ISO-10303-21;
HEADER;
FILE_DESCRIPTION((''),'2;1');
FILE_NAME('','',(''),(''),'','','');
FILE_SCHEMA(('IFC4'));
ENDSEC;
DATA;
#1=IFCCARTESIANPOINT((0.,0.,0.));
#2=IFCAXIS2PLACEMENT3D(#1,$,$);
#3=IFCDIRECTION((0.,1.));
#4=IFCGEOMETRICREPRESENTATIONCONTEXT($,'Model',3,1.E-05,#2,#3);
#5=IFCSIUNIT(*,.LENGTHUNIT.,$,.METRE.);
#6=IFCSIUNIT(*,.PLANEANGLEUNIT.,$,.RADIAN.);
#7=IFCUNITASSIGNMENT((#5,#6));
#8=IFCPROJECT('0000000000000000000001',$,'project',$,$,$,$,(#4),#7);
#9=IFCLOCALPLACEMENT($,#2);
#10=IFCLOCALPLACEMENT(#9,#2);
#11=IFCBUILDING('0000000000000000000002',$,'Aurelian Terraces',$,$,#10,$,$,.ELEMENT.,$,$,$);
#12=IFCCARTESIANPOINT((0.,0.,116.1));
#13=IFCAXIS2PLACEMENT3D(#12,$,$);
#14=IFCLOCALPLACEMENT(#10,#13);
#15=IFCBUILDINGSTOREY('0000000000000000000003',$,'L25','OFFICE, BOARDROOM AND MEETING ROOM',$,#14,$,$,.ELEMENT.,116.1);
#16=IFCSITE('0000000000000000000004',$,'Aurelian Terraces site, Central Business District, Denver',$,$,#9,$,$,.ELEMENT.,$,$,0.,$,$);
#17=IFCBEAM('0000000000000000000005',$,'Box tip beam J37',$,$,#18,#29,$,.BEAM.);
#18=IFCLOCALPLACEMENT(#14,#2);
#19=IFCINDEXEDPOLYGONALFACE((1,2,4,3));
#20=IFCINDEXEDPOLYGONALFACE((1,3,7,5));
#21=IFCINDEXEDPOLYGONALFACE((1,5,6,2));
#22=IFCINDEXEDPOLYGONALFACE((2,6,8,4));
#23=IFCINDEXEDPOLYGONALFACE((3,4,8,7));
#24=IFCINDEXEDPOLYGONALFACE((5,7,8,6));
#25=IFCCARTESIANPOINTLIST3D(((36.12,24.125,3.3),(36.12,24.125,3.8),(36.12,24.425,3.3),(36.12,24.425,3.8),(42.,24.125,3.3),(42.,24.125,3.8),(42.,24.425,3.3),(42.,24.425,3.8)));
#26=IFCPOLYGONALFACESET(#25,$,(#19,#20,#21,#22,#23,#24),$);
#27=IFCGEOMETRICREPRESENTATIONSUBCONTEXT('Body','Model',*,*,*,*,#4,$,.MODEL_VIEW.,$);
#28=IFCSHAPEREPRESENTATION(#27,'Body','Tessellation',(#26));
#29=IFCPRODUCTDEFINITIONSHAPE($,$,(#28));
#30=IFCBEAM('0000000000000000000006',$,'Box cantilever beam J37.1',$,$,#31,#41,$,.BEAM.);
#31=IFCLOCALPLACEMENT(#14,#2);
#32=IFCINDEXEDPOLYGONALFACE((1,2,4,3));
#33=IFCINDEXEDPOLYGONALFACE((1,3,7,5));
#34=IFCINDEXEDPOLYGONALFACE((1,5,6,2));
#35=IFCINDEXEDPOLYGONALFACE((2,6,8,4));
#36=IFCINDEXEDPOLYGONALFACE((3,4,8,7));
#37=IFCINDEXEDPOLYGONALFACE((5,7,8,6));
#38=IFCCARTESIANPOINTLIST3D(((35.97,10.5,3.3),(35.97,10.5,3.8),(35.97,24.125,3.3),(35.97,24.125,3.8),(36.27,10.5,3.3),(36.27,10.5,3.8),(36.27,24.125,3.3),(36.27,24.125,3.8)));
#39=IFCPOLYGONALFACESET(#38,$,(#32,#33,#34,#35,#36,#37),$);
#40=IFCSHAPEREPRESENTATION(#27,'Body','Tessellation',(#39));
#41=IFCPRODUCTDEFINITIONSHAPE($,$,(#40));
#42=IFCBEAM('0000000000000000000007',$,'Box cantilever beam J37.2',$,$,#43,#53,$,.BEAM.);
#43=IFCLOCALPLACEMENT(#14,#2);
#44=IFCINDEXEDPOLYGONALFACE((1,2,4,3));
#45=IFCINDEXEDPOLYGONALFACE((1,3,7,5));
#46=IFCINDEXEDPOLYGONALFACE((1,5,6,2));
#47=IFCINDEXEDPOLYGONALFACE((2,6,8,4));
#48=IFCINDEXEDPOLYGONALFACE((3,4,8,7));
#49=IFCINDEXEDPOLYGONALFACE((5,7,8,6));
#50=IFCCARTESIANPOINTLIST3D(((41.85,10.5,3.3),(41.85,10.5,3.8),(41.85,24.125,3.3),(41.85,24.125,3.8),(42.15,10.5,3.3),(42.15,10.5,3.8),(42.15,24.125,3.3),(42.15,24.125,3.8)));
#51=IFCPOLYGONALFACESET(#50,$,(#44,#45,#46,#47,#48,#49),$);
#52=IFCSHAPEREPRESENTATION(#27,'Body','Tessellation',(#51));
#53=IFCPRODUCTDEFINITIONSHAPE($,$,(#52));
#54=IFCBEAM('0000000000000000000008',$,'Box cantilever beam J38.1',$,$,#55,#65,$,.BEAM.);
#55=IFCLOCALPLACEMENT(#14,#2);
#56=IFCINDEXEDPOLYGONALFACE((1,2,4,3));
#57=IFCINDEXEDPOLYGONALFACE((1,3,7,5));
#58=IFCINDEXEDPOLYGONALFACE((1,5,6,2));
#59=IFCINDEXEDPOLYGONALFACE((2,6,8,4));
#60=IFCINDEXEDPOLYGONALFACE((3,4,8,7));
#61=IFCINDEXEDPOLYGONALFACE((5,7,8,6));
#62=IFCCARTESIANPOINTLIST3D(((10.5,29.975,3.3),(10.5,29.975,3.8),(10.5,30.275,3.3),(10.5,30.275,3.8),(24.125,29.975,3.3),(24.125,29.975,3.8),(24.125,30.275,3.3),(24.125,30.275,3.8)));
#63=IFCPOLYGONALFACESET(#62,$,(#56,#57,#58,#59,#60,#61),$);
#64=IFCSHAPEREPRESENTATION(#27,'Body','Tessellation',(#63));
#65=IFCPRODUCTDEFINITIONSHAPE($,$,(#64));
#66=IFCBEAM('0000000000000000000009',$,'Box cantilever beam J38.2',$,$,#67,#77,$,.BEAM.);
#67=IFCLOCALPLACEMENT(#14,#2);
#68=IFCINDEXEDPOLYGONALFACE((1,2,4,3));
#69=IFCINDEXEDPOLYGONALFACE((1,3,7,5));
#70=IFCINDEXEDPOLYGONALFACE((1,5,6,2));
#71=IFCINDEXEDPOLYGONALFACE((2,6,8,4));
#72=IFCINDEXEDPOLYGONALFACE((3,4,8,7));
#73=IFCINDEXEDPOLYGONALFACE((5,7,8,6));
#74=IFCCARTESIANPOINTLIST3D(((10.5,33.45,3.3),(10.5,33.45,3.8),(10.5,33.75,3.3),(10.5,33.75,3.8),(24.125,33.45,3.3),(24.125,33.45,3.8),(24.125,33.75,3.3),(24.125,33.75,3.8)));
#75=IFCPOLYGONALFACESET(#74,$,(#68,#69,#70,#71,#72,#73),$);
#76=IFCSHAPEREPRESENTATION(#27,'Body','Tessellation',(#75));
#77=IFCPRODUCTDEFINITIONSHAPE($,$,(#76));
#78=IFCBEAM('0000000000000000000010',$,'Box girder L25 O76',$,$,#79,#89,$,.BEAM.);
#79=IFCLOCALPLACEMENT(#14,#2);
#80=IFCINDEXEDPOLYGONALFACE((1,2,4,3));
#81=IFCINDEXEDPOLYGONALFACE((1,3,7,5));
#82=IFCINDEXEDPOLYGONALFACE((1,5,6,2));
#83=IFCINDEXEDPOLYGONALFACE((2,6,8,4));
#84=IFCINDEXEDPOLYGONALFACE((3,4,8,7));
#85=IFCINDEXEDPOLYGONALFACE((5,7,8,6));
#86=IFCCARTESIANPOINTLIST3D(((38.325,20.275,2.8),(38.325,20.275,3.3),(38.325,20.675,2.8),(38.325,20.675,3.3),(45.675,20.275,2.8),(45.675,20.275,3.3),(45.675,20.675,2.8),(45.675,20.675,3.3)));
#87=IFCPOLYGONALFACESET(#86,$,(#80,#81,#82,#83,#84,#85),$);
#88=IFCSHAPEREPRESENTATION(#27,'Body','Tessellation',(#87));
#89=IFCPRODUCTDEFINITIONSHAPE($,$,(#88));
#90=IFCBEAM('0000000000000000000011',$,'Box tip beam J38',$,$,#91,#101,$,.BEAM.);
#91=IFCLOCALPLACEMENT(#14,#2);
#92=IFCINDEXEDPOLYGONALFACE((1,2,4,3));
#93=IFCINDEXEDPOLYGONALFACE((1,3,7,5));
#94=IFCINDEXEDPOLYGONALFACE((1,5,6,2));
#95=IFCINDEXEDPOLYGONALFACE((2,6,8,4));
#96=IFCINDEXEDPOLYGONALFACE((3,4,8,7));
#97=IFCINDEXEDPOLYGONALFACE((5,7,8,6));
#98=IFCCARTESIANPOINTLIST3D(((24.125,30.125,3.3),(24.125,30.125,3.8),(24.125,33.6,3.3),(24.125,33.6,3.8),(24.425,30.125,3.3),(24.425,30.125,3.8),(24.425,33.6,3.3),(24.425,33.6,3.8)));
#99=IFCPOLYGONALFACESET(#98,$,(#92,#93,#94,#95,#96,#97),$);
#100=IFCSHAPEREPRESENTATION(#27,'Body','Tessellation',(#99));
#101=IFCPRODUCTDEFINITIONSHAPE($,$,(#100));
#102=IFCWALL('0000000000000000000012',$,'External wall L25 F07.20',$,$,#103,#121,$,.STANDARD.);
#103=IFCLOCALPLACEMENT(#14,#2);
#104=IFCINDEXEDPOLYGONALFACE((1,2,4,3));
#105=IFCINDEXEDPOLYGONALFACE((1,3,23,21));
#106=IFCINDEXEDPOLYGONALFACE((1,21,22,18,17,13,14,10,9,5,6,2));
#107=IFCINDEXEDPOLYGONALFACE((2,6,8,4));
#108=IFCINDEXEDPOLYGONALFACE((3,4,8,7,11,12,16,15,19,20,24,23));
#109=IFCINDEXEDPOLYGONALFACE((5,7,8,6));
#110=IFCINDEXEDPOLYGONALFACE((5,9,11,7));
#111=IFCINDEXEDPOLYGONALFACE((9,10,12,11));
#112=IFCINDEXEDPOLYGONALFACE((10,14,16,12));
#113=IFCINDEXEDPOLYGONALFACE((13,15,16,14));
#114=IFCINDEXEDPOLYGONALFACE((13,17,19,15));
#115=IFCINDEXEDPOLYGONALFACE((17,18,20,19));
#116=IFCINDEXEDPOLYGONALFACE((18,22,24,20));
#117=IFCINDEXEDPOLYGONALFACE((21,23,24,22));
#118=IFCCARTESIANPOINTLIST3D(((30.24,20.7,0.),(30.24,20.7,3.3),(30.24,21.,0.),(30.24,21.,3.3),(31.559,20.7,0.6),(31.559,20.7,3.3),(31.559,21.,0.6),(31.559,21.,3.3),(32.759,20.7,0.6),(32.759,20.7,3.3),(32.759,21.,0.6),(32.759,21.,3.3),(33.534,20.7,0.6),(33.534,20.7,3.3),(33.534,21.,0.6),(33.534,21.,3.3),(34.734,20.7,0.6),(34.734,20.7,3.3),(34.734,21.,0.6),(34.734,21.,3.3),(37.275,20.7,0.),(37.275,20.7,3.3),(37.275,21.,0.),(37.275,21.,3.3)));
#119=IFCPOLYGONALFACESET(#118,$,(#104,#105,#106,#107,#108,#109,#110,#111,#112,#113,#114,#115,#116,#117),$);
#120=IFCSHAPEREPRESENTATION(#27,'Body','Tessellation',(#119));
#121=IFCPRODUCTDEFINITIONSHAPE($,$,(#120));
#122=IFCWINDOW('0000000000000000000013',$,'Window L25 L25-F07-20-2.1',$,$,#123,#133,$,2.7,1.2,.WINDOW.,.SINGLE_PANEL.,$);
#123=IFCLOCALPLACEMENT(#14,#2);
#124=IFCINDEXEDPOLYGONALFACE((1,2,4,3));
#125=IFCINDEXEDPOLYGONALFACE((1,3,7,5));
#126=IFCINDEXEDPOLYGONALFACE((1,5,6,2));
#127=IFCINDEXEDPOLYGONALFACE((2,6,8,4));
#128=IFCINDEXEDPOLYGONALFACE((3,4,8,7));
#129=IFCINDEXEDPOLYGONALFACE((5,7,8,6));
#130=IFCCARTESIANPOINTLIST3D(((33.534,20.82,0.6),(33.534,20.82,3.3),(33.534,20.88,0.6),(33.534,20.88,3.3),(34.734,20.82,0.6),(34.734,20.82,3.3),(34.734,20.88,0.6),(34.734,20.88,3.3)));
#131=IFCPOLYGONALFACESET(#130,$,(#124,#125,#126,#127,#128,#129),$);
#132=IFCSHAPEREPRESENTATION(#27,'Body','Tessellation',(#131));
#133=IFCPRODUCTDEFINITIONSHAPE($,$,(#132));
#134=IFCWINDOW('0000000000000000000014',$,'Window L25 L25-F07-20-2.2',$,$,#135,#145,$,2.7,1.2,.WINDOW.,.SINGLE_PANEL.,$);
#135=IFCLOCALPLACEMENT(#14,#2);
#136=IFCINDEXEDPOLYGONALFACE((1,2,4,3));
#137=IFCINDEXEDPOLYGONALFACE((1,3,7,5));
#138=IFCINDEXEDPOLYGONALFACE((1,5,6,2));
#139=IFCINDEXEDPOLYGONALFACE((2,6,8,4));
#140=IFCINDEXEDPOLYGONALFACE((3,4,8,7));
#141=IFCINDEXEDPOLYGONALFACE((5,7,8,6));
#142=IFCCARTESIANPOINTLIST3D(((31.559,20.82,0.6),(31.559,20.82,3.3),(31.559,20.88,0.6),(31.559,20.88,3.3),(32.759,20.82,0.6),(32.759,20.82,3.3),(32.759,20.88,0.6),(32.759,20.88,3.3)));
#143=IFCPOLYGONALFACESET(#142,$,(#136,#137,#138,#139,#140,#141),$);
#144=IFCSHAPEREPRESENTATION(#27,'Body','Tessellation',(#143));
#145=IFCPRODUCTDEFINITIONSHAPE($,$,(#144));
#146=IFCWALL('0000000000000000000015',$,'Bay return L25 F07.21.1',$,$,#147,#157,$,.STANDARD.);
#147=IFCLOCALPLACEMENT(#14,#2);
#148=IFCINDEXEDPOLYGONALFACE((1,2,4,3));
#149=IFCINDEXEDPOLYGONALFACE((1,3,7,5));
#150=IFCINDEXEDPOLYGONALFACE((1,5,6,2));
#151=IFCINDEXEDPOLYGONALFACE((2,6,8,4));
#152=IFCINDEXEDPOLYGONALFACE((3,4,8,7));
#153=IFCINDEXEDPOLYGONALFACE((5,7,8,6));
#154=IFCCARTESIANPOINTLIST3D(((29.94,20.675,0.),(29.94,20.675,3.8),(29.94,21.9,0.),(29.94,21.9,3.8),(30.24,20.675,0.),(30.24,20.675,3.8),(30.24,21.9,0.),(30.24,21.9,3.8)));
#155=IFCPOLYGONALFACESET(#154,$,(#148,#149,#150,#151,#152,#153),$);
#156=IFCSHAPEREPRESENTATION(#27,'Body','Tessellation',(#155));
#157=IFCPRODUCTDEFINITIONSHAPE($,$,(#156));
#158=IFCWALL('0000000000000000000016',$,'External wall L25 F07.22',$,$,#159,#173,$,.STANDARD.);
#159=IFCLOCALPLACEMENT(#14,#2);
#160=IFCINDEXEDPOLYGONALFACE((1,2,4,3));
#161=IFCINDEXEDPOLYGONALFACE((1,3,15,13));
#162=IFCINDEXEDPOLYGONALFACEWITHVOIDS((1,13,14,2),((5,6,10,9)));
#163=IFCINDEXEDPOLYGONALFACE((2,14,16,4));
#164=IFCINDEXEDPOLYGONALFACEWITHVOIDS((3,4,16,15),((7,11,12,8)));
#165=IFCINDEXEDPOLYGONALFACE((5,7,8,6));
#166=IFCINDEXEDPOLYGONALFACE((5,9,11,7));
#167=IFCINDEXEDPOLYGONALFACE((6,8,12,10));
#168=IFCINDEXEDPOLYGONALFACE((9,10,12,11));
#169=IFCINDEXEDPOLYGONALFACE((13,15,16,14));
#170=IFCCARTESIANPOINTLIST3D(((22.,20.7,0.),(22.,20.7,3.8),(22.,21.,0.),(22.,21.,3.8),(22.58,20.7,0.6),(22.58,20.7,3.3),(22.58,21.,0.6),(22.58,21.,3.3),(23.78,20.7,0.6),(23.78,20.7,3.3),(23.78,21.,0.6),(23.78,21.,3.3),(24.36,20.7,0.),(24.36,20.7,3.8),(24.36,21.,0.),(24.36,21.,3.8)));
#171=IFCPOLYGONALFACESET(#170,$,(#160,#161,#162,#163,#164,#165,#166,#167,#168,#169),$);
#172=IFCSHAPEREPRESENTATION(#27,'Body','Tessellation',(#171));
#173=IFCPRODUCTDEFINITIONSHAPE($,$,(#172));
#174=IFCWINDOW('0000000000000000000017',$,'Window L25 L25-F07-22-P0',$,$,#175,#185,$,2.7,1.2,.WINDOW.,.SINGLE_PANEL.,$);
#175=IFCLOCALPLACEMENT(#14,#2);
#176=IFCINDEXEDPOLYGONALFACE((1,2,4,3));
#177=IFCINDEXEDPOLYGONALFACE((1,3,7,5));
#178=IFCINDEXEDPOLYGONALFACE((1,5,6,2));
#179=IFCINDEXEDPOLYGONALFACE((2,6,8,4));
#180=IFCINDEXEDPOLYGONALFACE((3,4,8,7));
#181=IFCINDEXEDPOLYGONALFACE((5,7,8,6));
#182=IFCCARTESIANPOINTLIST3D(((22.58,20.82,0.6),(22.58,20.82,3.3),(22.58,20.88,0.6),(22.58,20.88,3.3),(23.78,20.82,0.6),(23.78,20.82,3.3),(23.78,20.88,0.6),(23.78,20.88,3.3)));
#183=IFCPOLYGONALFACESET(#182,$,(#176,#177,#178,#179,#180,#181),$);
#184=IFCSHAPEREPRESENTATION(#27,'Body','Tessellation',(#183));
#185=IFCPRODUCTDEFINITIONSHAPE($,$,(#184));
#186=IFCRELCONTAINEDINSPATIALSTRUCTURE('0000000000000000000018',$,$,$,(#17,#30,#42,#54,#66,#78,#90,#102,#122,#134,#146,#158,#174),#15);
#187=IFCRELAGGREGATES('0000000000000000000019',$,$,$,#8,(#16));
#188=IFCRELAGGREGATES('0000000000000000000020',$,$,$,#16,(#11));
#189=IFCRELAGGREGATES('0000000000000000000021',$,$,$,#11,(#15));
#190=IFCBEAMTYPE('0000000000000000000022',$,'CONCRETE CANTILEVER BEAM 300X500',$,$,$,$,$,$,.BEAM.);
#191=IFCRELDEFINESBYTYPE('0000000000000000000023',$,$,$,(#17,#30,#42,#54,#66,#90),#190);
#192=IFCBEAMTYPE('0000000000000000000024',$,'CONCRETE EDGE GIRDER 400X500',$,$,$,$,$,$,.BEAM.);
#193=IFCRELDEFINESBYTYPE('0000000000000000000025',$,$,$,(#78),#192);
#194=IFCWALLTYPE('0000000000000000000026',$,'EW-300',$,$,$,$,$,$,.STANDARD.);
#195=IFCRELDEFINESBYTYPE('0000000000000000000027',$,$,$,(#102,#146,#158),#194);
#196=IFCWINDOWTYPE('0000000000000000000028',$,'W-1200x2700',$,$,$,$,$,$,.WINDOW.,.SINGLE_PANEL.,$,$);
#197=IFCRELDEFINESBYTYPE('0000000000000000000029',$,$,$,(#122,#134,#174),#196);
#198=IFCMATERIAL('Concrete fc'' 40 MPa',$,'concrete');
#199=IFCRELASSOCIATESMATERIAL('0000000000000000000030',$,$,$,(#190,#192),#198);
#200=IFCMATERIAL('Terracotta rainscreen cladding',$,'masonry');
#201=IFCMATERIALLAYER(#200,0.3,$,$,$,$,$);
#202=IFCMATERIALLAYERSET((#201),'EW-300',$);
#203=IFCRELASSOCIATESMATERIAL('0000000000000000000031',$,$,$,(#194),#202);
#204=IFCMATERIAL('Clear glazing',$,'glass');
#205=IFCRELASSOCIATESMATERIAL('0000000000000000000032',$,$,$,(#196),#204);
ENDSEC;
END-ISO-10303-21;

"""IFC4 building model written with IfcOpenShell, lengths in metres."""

from ifc_helpers import new_model, si_unit, direction, frame, frame_2d, origin, origin_2d, place, context, subcontext, project, spatial, rectangle, extrude, source, transform, mapped, material, layer, layer_set, material_profile, profile_set, type_object, element, fill, save


model = new_model("IFC4")

# Units and contexts
model_context = context("Model", 3, precision=1e-05, world=origin(), true_north=direction((0.0, 1.0)))
body_context = subcontext(model_context, "Body", "Model", "MODEL_VIEW")
ifc_project = project(units=[si_unit("LENGTHUNIT", "METRE"), si_unit("PLANEANGLEUNIT", "RADIAN")], contexts=[model_context])

# Site, building, storey
site_placement = place(None, origin())
site = spatial("IfcSite", under=ifc_project, at=site_placement, Name="Aurelian Terraces site, Central Business District, Denver", CompositionType="ELEMENT", RefElevation=0.0)
building_placement = place(site_placement, origin())
building = spatial("IfcBuilding", under=site, at=building_placement, Name="Aurelian Terraces", CompositionType="ELEMENT")
storey_placement = place(building_placement, frame((0.0, 0.0, 116.1)))
storey = spatial("IfcBuildingStorey", under=building, at=storey_placement, Name="L25", Description="OFFICE, BOARDROOM AND MEETING ROOM", CompositionType="ELEMENT", Elevation=116.1)

# Beams
ifc_material_1 = material(Name="Concrete fc' 40 MPa", Category="concrete")
ifc_material_profile_1 = material_profile(ifc_material_1, rectangle(XDim=0.3, YDim=0.5, at=origin_2d()))
ifc_profile_set_1 = profile_set([ifc_material_profile_1], Name="Concrete fc' 40 MPa")
beam_type_1 = type_object("IfcBeamType", Name="CONCRETE CANTILEVER BEAM 300X500", PredefinedType="BEAM", material=ifc_profile_set_1)
shared_shape_1 = source(origin(), body_context, "Body", "SweptSolid", [
    extrude(rectangle(XDim=0.3, YDim=0.5, at=origin_2d()), origin(), (0.0, 0.0, 1.0), 5.88),
])
beam_1_placement = place(storey_placement, frame((36.12, 24.275, 3.55), z_axis=(1.0, 0.0, 0.0), x_axis=(0.0, 1.0, 0.0)))
element("IfcBeam", 1, at=beam_1_placement, inside=storey, type_object=beam_type_1, Name="Box tip beam J37", PredefinedType="BEAM", context=body_context, shape_type="MappedRepresentation", body=[
    mapped(shared_shape_1, transform((0.0, 0.0, 0.0), scale=1.0)),
])
shared_shape_2 = source(origin(), body_context, "Body", "SweptSolid", [
    extrude(rectangle(XDim=0.3, YDim=0.5, at=origin_2d()), origin(), (0.0, 0.0, 1.0), 13.625),
])
for number, where, z_axis, x_axis, name in (
    (2, (36.12, 24.125, 3.55), (0.0, -1.0, 0.0), (1.0, 0.0, 0.0), "Box cantilever beam J37.1"),
    (3, (42.0, 24.125, 3.55), (0.0, -1.0, 0.0), (1.0, 0.0, 0.0), "Box cantilever beam J37.2"),
    (4, (24.125, 30.125, 3.55), (-1.0, 0.0, 0.0), (0.0, -1.0, 0.0), "Box cantilever beam J38.1"),
    (5, (24.125, 33.6, 3.55), (-1.0, 0.0, 0.0), (0.0, -1.0, 0.0), "Box cantilever beam J38.2"),
):
    element("IfcBeam", number, at=place(storey_placement, frame(where, z_axis=z_axis, x_axis=x_axis)), inside=storey, type_object=beam_type_1, Name=name, PredefinedType="BEAM", context=body_context, shape_type="MappedRepresentation", body=[
        mapped(shared_shape_2, transform((0.0, 0.0, 0.0), scale=1.0)),
    ])
ifc_material_profile_2 = material_profile(ifc_material_1, rectangle(XDim=0.4, YDim=0.5, at=origin_2d()))
ifc_profile_set_2 = profile_set([ifc_material_profile_2], Name="Concrete fc' 40 MPa")
beam_type_2 = type_object("IfcBeamType", Name="CONCRETE EDGE GIRDER 400X500", PredefinedType="BEAM", material=ifc_profile_set_2)
shared_shape_3 = source(origin(), body_context, "Body", "SweptSolid", [
    extrude(rectangle(XDim=0.4, YDim=0.5, at=origin_2d()), origin(), (0.0, 0.0, 1.0), 7.35),
])
beam_2_placement = place(storey_placement, frame((38.325, 20.475, 3.05), z_axis=(1.0, 0.0, 0.0), x_axis=(0.0, 1.0, 0.0)))
element("IfcBeam", 6, at=beam_2_placement, inside=storey, type_object=beam_type_2, Name="Box girder L25 O76", PredefinedType="BEAM", context=body_context, shape_type="MappedRepresentation", body=[
    mapped(shared_shape_3, transform((0.0, 0.0, 0.0), scale=1.0)),
])
shared_shape_4 = source(origin(), body_context, "Body", "SweptSolid", [
    extrude(rectangle(XDim=0.3, YDim=0.5, at=origin_2d()), origin(), (0.0, 0.0, 1.0), 3.475),
])
beam_3_placement = place(storey_placement, frame((24.275, 30.125, 3.55), z_axis=(0.0, 1.0, 0.0), x_axis=(-1.0, 0.0, 0.0)))
element("IfcBeam", 7, at=beam_3_placement, inside=storey, type_object=beam_type_1, Name="Box tip beam J38", PredefinedType="BEAM", context=body_context, shape_type="MappedRepresentation", body=[
    mapped(shared_shape_4, transform((0.0, 0.0, 0.0), scale=1.0)),
])

# Wall, openings, windows
ifc_material_2 = material(Name="Terracotta rainscreen cladding", Category="masonry")
ifc_layer_1 = layer(ifc_material_2, 0.3)
ifc_layer_set_1 = layer_set([ifc_layer_1], Name="EW-300")
wall_type_1 = type_object("IfcWallType", Name="EW-300", PredefinedType="STANDARD", material=ifc_layer_set_1)
wall_1_placement = place(storey_placement, frame((37.275, 20.85, 0.0), z_axis=(0.0, 0.0, 1.0), x_axis=(-1.0, 0.0, 0.0)))
wall_1 = element("IfcWall", 8, at=wall_1_placement, inside=storey, type_object=wall_type_1, Name="External wall L25 F07.20", PredefinedType="STANDARD", context=body_context, shape_type="SweptSolid", body=[
    extrude(rectangle(XDim=7.035, YDim=0.3, at=frame_2d((3.5175, 0.0))), origin(), (0.0, 0.0, 1.0), 3.3),
])
shared_shape_5 = source(origin(), body_context, "Body", "SweptSolid", [
    extrude(rectangle(XDim=1.2, YDim=2.7, at=frame_2d((0.6, 1.35))), frame((0.0, 0.16, 0.0), z_axis=(0.0, -1.0, 0.0), x_axis=(1.0, 0.0, 0.0)), (0.0, 0.0, 1.0), 0.32),
])
opening_1_placement = place(wall_1_placement, frame((2.541, 0.0, 0.6)))
opening_1 = element("IfcOpeningElement", 9, at=opening_1_placement, cuts=wall_1, PredefinedType="OPENING", context=body_context, shape_type="MappedRepresentation", body=[
    mapped(shared_shape_5, transform((0.0, 0.0, 0.0), scale=1.0)),
])
opening_2_placement = place(wall_1_placement, frame((4.516, 0.0, 0.6)))
opening_2 = element("IfcOpeningElement", 10, at=opening_2_placement, cuts=wall_1, PredefinedType="OPENING", context=body_context, shape_type="MappedRepresentation", body=[
    mapped(shared_shape_5, transform((0.0, 0.0, 0.0), scale=1.0)),
])
ifc_material_3 = material(Name="Clear glazing", Category="glass")
window_type_1 = type_object("IfcWindowType", Name="W-1200x2700", PartitioningType="SINGLE_PANEL", PredefinedType="WINDOW", material=ifc_material_3)
shared_shape_6 = source(origin(), body_context, "Body", "SweptSolid", [
    extrude(rectangle(XDim=1.2, YDim=2.7, at=frame_2d((0.6, 1.35))), frame((0.0, 0.03, 0.0), z_axis=(0.0, -1.0, 0.0), x_axis=(1.0, 0.0, 0.0)), (0.0, 0.0, 1.0), 0.06),
])
window_1_placement = place(opening_1_placement, origin())
window_1 = element("IfcWindow", 11, at=window_1_placement, inside=storey, type_object=window_type_1, Name="Window L25 L25-F07-20-2.1", OverallHeight=2.7, OverallWidth=1.2, PartitioningType="SINGLE_PANEL", PredefinedType="WINDOW", context=body_context, shape_type="MappedRepresentation", body=[
    mapped(shared_shape_6, transform((0.0, 0.0, 0.0), scale=1.0)),
])
fill(opening_1, window_1)
window_2_placement = place(opening_2_placement, origin())
window_2 = element("IfcWindow", 12, at=window_2_placement, inside=storey, type_object=window_type_1, Name="Window L25 L25-F07-20-2.2", OverallHeight=2.7, OverallWidth=1.2, PartitioningType="SINGLE_PANEL", PredefinedType="WINDOW", context=body_context, shape_type="MappedRepresentation", body=[
    mapped(shared_shape_6, transform((0.0, 0.0, 0.0), scale=1.0)),
])
fill(opening_2, window_2)

# Wall
wall_2_placement = place(storey_placement, frame((30.09, 20.675, 0.0), z_axis=(0.0, 0.0, 1.0), x_axis=(0.0, 1.0, 0.0)))
element("IfcWall", 13, at=wall_2_placement, inside=storey, type_object=wall_type_1, Name="Bay return L25 F07.21.1", PredefinedType="STANDARD", context=body_context, shape_type="SweptSolid", body=[
    extrude(rectangle(XDim=1.225, YDim=0.3, at=frame_2d((0.6125, 0.0))), origin(), (0.0, 0.0, 1.0), 3.8),
])

# Wall, opening, window
wall_3_placement = place(storey_placement, frame((24.36, 20.85, 0.0), z_axis=(0.0, 0.0, 1.0), x_axis=(-1.0, 0.0, 0.0)))
wall_3 = element("IfcWall", 14, at=wall_3_placement, inside=storey, type_object=wall_type_1, Name="External wall L25 F07.22", PredefinedType="STANDARD", context=body_context, shape_type="SweptSolid", body=[
    extrude(rectangle(XDim=2.36, YDim=0.3, at=frame_2d((1.18, 0.0))), origin(), (0.0, 0.0, 1.0), 3.8),
])
opening_3_placement = place(wall_3_placement, frame((0.58, 0.0, 0.6)))
opening_3 = element("IfcOpeningElement", 15, at=opening_3_placement, cuts=wall_3, PredefinedType="OPENING", context=body_context, shape_type="MappedRepresentation", body=[
    mapped(shared_shape_5, transform((0.0, 0.0, 0.0), scale=1.0)),
])
window_3_placement = place(opening_3_placement, origin())
window_3 = element("IfcWindow", 16, at=window_3_placement, inside=storey, type_object=window_type_1, Name="Window L25 L25-F07-22-P0", OverallHeight=2.7, OverallWidth=1.2, PartitioningType="SINGLE_PANEL", PredefinedType="WINDOW", context=body_context, shape_type="MappedRepresentation", body=[
    mapped(shared_shape_6, transform((0.0, 0.0, 0.0), scale=1.0)),
])
fill(opening_3, window_3)

save(model, "model.ifc")
